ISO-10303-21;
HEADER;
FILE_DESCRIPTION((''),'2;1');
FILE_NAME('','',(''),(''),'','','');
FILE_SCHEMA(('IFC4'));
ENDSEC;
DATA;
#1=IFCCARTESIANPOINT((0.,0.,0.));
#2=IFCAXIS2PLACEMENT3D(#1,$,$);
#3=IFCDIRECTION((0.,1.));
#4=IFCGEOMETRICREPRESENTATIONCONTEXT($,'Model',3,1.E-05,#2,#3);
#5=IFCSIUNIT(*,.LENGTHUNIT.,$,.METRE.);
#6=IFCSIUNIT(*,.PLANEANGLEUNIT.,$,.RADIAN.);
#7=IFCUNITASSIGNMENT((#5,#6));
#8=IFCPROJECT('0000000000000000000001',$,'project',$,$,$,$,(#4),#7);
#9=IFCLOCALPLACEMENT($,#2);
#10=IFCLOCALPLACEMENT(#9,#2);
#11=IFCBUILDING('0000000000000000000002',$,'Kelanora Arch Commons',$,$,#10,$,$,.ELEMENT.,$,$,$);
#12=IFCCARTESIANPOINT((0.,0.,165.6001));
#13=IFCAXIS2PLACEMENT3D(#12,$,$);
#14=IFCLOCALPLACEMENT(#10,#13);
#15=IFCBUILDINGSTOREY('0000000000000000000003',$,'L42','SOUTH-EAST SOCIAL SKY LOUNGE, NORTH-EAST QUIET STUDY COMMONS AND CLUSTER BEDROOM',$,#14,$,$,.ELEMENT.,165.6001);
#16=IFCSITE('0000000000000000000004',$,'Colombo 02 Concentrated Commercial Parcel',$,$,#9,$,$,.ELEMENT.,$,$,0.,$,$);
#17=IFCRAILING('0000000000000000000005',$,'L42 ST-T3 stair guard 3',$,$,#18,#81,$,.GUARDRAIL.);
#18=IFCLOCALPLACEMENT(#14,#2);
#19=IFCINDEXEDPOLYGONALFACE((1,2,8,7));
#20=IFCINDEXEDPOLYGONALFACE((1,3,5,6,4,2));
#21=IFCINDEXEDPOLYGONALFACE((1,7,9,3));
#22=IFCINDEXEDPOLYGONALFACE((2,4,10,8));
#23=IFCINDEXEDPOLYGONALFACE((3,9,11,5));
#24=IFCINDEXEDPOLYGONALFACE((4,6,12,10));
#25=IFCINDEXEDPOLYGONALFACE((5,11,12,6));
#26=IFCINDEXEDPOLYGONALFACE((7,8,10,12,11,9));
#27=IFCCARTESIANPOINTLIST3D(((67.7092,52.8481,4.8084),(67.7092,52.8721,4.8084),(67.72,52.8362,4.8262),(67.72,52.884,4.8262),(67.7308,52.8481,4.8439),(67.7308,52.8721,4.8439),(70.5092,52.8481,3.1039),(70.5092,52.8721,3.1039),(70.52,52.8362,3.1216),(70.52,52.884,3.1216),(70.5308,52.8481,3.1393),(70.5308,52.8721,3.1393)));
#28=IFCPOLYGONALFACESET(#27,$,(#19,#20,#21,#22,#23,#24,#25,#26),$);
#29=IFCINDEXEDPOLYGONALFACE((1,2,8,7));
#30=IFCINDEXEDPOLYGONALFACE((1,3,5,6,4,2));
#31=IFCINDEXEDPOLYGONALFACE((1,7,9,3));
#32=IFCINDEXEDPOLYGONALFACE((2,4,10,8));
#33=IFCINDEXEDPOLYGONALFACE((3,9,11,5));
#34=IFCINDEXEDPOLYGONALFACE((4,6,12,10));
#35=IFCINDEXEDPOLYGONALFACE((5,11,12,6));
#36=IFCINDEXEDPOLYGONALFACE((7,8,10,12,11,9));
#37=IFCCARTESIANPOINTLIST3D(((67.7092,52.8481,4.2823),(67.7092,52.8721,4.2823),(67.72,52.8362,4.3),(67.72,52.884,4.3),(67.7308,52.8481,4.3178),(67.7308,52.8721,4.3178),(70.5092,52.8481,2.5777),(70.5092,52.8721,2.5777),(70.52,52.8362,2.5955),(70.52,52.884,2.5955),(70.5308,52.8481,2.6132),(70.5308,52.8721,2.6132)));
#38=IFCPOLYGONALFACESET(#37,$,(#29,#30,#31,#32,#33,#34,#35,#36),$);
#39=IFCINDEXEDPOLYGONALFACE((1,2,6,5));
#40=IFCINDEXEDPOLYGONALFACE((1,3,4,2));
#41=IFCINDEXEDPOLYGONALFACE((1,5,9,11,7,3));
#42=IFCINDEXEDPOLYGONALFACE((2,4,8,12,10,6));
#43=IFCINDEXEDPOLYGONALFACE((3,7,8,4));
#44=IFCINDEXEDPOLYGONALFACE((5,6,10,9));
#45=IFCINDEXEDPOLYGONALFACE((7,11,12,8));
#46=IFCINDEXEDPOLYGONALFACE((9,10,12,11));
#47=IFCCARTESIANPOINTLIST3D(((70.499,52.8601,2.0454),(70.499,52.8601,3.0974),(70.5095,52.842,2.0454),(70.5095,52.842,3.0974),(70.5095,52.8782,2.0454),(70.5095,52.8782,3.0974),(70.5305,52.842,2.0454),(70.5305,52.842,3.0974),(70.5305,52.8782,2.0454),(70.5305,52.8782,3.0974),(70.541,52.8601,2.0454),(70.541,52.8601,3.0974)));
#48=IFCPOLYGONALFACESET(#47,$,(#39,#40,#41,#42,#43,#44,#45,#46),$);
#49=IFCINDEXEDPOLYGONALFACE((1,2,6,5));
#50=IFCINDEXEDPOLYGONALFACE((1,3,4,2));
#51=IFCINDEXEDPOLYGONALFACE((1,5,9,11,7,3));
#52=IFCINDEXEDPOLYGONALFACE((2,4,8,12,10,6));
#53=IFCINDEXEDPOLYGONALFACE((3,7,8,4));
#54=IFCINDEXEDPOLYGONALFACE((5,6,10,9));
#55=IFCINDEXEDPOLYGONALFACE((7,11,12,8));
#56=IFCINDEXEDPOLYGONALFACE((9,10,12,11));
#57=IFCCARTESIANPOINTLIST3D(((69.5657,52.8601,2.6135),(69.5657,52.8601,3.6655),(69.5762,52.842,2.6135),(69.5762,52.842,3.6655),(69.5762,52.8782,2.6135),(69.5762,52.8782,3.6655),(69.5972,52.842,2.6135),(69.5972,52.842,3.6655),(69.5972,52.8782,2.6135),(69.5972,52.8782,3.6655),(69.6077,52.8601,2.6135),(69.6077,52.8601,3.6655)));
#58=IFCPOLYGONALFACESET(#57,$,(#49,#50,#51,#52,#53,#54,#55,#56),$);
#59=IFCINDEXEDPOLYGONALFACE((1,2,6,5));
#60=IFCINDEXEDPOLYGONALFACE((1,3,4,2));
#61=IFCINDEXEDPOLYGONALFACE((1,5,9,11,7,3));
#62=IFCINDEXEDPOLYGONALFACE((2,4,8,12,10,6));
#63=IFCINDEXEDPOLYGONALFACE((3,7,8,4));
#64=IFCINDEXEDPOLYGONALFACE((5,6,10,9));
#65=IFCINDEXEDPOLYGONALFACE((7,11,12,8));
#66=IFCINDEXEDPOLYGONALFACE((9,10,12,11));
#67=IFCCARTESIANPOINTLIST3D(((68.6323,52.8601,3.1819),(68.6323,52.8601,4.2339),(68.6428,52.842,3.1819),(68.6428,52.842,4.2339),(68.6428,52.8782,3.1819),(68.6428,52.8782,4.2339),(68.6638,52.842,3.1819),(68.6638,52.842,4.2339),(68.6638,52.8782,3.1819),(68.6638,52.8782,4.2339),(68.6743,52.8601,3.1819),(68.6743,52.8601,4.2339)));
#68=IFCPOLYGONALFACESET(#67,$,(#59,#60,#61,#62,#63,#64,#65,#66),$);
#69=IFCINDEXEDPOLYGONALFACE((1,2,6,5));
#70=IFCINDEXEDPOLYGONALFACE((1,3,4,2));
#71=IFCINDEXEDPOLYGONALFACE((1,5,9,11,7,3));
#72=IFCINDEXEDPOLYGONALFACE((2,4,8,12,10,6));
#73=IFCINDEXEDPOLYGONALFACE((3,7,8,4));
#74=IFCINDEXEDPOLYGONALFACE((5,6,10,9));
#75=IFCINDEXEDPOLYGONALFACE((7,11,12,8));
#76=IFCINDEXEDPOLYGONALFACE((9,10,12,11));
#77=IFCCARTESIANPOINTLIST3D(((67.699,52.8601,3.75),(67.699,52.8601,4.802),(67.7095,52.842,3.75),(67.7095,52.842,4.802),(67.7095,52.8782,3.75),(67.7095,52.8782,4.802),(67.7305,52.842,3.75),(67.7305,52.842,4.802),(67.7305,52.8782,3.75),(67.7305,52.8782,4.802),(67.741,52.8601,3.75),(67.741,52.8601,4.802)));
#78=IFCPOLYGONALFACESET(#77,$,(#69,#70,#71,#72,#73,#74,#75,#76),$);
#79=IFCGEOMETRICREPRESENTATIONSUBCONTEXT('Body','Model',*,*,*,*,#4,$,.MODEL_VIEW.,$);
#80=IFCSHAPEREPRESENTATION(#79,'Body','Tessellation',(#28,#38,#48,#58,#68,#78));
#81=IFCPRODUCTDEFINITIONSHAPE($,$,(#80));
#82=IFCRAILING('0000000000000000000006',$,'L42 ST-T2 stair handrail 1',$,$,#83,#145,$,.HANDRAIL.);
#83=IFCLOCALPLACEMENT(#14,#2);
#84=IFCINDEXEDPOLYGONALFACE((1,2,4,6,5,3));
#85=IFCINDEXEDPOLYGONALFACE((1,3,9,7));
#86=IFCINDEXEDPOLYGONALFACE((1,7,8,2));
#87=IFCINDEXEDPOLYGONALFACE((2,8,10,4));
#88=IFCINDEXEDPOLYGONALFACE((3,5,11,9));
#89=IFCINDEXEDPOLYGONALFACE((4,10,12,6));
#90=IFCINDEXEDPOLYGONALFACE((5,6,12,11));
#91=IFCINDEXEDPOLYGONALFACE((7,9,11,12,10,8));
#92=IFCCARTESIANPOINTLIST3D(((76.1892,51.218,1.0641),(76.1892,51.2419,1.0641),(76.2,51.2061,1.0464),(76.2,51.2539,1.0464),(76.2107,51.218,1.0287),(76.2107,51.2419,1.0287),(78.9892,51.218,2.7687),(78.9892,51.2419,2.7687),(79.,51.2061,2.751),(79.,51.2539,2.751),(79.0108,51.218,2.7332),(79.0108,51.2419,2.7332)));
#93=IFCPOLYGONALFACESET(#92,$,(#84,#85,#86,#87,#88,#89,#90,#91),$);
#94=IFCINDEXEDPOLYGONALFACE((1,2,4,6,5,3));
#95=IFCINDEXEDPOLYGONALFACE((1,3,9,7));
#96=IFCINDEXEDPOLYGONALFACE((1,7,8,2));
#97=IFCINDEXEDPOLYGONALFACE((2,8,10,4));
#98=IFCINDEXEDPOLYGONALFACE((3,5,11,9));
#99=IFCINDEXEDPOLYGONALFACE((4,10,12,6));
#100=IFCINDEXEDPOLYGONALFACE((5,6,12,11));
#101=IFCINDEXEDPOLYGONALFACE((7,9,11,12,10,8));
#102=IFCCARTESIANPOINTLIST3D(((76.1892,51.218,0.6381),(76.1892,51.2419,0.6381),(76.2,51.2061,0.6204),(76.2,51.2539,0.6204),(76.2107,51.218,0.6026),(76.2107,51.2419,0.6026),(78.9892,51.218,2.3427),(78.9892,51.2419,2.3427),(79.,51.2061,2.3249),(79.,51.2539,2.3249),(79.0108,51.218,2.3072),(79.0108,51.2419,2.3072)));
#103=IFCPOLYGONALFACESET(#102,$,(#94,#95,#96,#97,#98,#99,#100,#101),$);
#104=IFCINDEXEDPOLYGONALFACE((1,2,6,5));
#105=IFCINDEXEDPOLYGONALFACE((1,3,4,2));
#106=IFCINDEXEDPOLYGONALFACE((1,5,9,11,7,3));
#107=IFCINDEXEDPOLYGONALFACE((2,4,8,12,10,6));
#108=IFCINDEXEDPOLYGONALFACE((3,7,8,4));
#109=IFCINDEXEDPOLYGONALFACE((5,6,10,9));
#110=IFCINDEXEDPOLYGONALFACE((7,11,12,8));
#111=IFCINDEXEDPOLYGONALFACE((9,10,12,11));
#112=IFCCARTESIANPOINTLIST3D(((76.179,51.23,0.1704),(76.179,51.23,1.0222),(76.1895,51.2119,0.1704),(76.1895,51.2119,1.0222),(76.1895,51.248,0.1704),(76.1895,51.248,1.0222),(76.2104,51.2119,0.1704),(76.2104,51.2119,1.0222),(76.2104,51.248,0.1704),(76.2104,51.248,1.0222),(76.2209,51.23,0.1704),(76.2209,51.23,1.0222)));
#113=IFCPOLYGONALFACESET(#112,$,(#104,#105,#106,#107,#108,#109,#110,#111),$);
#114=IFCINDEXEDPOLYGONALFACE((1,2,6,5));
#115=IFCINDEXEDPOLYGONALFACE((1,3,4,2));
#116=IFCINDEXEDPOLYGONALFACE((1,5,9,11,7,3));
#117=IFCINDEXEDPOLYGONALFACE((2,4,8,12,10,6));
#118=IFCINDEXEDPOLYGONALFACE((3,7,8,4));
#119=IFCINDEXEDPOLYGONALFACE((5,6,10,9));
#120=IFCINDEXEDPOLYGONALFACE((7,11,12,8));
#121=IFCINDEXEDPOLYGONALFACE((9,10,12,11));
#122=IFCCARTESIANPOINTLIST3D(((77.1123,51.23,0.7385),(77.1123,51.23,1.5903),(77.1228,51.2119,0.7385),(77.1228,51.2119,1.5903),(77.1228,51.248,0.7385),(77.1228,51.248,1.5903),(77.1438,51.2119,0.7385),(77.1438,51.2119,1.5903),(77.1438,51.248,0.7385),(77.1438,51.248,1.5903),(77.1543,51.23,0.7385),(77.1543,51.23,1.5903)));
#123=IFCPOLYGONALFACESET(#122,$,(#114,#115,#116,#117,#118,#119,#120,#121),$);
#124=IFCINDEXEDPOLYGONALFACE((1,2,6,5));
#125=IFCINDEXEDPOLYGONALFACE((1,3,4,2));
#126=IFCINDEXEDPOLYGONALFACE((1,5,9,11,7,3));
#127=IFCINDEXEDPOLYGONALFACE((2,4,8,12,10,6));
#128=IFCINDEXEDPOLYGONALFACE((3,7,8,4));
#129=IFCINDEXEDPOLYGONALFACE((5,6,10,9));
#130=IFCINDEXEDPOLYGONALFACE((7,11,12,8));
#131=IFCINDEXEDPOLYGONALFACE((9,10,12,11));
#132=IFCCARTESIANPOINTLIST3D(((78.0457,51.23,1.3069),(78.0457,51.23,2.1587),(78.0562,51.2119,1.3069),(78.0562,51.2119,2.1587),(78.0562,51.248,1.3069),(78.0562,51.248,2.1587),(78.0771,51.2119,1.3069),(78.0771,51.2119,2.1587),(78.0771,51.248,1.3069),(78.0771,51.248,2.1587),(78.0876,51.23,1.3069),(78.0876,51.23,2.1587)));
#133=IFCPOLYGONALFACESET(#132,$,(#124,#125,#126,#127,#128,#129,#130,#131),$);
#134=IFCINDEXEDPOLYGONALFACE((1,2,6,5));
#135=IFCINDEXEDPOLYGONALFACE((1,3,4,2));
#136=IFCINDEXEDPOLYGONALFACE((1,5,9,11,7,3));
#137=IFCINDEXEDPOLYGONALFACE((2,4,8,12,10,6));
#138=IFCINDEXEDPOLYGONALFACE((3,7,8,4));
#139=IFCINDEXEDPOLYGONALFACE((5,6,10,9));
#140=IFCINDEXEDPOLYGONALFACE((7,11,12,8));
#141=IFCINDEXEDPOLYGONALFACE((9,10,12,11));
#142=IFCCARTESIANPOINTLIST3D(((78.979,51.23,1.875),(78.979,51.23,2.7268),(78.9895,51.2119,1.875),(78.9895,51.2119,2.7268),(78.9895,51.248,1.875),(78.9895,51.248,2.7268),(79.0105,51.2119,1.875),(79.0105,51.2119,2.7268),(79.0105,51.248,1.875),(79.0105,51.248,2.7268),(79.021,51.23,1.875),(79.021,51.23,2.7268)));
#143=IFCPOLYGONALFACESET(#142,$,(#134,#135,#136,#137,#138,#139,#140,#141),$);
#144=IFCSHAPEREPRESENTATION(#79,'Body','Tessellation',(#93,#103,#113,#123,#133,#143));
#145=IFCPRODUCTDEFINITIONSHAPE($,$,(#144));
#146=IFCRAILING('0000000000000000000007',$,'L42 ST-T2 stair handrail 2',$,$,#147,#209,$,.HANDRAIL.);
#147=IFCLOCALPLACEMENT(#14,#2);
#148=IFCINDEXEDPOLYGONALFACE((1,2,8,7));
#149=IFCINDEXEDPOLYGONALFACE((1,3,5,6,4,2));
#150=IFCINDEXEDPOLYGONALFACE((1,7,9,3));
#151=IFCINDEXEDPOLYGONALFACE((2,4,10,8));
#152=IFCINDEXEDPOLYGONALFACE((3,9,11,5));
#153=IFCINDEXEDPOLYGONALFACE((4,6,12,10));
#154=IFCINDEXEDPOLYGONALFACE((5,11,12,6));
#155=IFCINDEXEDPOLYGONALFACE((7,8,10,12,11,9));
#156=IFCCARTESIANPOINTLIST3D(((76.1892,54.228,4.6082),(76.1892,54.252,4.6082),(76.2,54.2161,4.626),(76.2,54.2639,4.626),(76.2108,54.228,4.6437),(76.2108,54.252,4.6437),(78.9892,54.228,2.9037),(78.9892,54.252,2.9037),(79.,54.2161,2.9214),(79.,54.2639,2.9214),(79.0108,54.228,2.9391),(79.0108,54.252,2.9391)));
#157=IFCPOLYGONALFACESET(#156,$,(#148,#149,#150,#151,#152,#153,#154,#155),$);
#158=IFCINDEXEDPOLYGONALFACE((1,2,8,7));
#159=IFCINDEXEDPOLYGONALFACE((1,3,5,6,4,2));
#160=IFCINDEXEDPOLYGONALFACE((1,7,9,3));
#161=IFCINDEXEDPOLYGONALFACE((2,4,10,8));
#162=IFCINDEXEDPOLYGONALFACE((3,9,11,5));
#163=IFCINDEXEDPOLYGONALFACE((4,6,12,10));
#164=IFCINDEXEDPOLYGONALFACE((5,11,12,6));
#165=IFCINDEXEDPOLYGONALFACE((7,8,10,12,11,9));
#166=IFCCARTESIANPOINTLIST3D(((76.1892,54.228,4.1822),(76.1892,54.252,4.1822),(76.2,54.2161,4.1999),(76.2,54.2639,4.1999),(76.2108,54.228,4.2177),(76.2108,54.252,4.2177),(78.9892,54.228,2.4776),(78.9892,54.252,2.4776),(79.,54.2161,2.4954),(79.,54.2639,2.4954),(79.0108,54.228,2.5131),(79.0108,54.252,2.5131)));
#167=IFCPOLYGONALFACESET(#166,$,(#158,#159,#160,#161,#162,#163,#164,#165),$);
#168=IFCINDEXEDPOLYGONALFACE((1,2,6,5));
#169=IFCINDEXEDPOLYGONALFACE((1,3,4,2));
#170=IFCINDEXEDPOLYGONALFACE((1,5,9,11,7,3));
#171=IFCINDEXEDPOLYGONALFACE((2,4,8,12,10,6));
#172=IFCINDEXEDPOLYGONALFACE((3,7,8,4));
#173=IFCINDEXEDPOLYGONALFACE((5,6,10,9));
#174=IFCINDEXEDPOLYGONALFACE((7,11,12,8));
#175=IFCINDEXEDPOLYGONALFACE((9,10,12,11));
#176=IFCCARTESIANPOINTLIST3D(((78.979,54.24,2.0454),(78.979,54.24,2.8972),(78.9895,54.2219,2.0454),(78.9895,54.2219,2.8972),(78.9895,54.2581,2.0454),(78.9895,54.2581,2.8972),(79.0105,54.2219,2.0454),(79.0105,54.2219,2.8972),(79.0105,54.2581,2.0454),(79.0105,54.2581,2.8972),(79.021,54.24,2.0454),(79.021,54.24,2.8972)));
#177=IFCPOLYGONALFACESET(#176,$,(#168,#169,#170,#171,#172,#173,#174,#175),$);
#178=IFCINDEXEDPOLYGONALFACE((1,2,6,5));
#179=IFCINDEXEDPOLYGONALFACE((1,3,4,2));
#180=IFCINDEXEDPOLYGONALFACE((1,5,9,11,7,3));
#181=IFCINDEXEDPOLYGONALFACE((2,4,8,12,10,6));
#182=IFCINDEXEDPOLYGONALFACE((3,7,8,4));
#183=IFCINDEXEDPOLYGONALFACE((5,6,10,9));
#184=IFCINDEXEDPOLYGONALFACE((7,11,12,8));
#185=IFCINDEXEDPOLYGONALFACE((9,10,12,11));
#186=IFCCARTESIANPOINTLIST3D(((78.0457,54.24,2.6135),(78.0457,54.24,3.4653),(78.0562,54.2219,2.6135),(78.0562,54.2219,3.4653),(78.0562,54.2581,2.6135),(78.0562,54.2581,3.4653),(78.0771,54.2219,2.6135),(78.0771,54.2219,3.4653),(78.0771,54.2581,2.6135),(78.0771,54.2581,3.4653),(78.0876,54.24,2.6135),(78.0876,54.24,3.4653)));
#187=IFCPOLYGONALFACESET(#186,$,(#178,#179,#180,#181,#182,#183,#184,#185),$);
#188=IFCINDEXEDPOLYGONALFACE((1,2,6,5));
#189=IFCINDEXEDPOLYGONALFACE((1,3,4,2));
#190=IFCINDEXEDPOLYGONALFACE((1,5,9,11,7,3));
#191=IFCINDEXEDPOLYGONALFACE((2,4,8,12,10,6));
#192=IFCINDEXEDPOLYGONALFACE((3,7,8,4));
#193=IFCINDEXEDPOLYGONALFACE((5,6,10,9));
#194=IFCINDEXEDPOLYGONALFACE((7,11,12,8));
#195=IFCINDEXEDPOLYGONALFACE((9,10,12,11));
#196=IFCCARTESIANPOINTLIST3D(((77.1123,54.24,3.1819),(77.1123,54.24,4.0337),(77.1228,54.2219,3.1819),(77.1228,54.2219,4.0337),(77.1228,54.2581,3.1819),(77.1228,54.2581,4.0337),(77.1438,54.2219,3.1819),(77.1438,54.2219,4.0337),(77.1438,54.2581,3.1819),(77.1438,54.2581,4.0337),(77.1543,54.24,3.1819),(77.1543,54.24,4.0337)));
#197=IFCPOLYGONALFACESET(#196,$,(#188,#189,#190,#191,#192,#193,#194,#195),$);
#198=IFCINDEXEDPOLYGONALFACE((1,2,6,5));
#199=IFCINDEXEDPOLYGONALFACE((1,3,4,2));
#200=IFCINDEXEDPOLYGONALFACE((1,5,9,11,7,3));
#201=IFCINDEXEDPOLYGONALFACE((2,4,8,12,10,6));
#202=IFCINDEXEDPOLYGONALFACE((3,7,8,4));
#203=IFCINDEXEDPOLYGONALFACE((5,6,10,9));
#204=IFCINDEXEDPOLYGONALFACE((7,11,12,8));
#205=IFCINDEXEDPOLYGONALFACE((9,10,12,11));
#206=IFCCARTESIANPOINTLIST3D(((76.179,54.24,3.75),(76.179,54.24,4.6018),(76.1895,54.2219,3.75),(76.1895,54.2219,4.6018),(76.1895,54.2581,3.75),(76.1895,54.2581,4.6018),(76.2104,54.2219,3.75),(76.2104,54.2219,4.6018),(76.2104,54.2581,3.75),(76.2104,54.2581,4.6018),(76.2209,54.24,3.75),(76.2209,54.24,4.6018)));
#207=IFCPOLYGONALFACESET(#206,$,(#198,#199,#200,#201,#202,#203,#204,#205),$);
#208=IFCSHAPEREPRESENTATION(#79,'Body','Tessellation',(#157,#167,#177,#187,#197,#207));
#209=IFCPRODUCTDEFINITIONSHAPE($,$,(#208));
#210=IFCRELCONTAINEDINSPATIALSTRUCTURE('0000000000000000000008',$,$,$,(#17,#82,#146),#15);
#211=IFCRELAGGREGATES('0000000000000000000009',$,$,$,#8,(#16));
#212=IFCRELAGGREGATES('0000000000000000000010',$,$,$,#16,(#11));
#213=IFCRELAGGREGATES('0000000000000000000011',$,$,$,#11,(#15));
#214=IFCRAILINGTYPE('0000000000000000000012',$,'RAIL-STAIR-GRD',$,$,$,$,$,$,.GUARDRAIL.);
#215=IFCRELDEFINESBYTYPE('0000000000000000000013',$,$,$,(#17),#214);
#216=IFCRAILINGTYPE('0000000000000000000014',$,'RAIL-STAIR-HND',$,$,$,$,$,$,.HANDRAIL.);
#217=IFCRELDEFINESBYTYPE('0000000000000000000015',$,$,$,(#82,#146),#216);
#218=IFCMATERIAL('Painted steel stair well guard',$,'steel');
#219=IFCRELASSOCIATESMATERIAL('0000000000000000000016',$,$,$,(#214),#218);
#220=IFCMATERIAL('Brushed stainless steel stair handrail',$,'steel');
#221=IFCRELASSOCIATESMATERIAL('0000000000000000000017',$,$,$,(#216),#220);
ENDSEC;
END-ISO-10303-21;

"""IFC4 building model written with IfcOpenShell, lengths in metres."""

from ifc_helpers import new_model, si_unit, direction, frame, origin, place, context, subcontext, project, spatial, polyline, outline, extrude, material, type_object, element, save


model = new_model("IFC4")

# Units and contexts
model_context = context("Model", 3, precision=1e-05, world=origin(), true_north=direction((0.0, 1.0)))
body_context = subcontext(model_context, "Body", "Model", "MODEL_VIEW")
ifc_project = project(units=[si_unit("LENGTHUNIT", "METRE"), si_unit("PLANEANGLEUNIT", "RADIAN")], contexts=[model_context])

# Site, building, storey
site_placement = place(None, origin())
site = spatial("IfcSite", under=ifc_project, at=site_placement, Name="Colombo 02 Concentrated Commercial Parcel", CompositionType="ELEMENT", RefElevation=0.0)
building_placement = place(site_placement, origin())
building = spatial("IfcBuilding", under=site, at=building_placement, Name="Kelanora Arch Commons", CompositionType="ELEMENT")
storey_placement = place(building_placement, frame((0.0, 0.0, 165.6001)))
storey = spatial("IfcBuildingStorey", under=building, at=storey_placement, Name="L42", Description="SOUTH-EAST SOCIAL SKY LOUNGE, NORTH-EAST QUIET STUDY COMMONS AND CLUSTER BEDROOM", CompositionType="ELEMENT", Elevation=165.6001)

# Railings
ifc_material_1 = material(Name="Painted steel stair well guard", Category="steel")
railing_type_1 = type_object("IfcRailingType", Name="RAIL-STAIR-GRD", PredefinedType="GUARDRAIL", material=ifc_material_1)
railing_1_placement = place(storey_placement, frame((70.52, 52.8601, 2.0454)))
element("IfcRailing", 1, at=railing_1_placement, inside=storey, type_object=railing_type_1, Name="L42 ST-T3 stair guard 3", PredefinedType="GUARDRAIL", context=body_context, shape_type="SweptSolid", body=[
    extrude(outline(polyline([(0.0239, 0.0), (0.012, 0.0208), (-0.012, 0.0208), (-0.0239, 0.0), (-0.012, -0.0208), (0.012, -0.0208), (0.0239, 0.0)])), frame((0.0, 0.0, 1.0762), z_axis=(-0.85417, 0.0, 0.519994), x_axis=(0.0, -1.0, 0.0)), (0.0, 0.0, 1.0), 3.2781),
    extrude(outline(polyline([(0.0239, 0.0), (0.012, 0.0208), (-0.012, 0.0208), (-0.0239, 0.0), (-0.012, -0.0208), (0.012, -0.0208), (0.0239, 0.0)])), frame((0.0, 0.0, 0.55), z_axis=(-0.85417, 0.0, 0.519994), x_axis=(0.0, -1.0, 0.0)), (0.0, 0.0, 1.0), 3.2781),
    extrude(outline(polyline([(0.021, 0.0), (0.0105, 0.0181), (-0.0105, 0.0181), (-0.021, 0.0), (-0.0105, -0.0181), (0.0105, -0.0181), (0.021, 0.0)])), origin(), (0.0, 0.0, 1.0), 1.052),
    extrude(outline(polyline([(0.021, 0.0), (0.0105, 0.0181), (-0.0105, 0.0181), (-0.021, 0.0), (-0.0105, -0.0181), (0.0105, -0.0181), (0.021, 0.0)])), frame((-0.9333, 0.0, 0.5681)), (0.0, 0.0, 1.0), 1.052),
    extrude(outline(polyline([(0.021, 0.0), (0.0105, 0.0181), (-0.0105, 0.0181), (-0.021, 0.0), (-0.0105, -0.0181), (0.0105, -0.0181), (0.021, 0.0)])), frame((-1.8667, 0.0, 1.1365)), (0.0, 0.0, 1.0), 1.052),
    extrude(outline(polyline([(0.021, 0.0), (0.0105, 0.0181), (-0.0105, 0.0181), (-0.021, 0.0), (-0.0105, -0.0181), (0.0105, -0.0181), (0.021, 0.0)])), frame((-2.8, 0.0, 1.7046)), (0.0, 0.0, 1.0), 1.052),
])
ifc_material_2 = material(Name="Brushed stainless steel stair handrail", Category="steel")
railing_type_2 = type_object("IfcRailingType", Name="RAIL-STAIR-HND", PredefinedType="HANDRAIL", material=ifc_material_2)
railing_2_placement = place(storey_placement, frame((76.2, 51.23, 0.1704)))
element("IfcRailing", 2, at=railing_2_placement, inside=storey, type_object=railing_type_2, Name="L42 ST-T2 stair handrail 1", PredefinedType="HANDRAIL", context=body_context, shape_type="SweptSolid", body=[
    extrude(outline(polyline([(0.0239, 0.0), (0.012, 0.0208), (-0.012, 0.0208), (-0.0239, 0.0), (-0.012, -0.0208), (0.012, -0.0208), (0.0239, 0.0)])), frame((0.0, 0.0, 0.876), z_axis=(0.85417, 0.0, 0.519994), x_axis=(0.0, 1.0, 0.0)), (0.0, 0.0, 1.0), 3.2781),
    extrude(outline(polyline([(0.0239, 0.0), (0.012, 0.0208), (-0.012, 0.0208), (-0.0239, 0.0), (-0.012, -0.0208), (0.012, -0.0208), (0.0239, 0.0)])), frame((0.0, 0.0, 0.45), z_axis=(0.85417, 0.0, 0.519994), x_axis=(0.0, 1.0, 0.0)), (0.0, 0.0, 1.0), 3.2781),
    extrude(outline(polyline([(0.021, 0.0), (0.0105, 0.0181), (-0.0105, 0.0181), (-0.021, 0.0), (-0.0105, -0.0181), (0.0105, -0.0181), (0.021, 0.0)])), origin(), (0.0, 0.0, 1.0), 0.8518),
    extrude(outline(polyline([(0.021, 0.0), (0.0105, 0.0181), (-0.0105, 0.0181), (-0.021, 0.0), (-0.0105, -0.0181), (0.0105, -0.0181), (0.021, 0.0)])), frame((0.9333, 0.0, 0.5681)), (0.0, 0.0, 1.0), 0.8518),
    extrude(outline(polyline([(0.021, 0.0), (0.0105, 0.0181), (-0.0105, 0.0181), (-0.021, 0.0), (-0.0105, -0.0181), (0.0105, -0.0181), (0.021, 0.0)])), frame((1.8667, 0.0, 1.1365)), (0.0, 0.0, 1.0), 0.8518),
    extrude(outline(polyline([(0.021, 0.0), (0.0105, 0.0181), (-0.0105, 0.0181), (-0.021, 0.0), (-0.0105, -0.0181), (0.0105, -0.0181), (0.021, 0.0)])), frame((2.8, 0.0, 1.7046)), (0.0, 0.0, 1.0), 0.8518),
])
railing_3_placement = place(storey_placement, frame((79.0, 54.24, 2.0454)))
element("IfcRailing", 3, at=railing_3_placement, inside=storey, type_object=railing_type_2, Name="L42 ST-T2 stair handrail 2", PredefinedType="HANDRAIL", context=body_context, shape_type="SweptSolid", body=[
    extrude(outline(polyline([(0.0239, 0.0), (0.012, 0.0208), (-0.012, 0.0208), (-0.0239, 0.0), (-0.012, -0.0208), (0.012, -0.0208), (0.0239, 0.0)])), frame((0.0, 0.0, 0.876), z_axis=(-0.85417, 0.0, 0.519994), x_axis=(0.0, -1.0, 0.0)), (0.0, 0.0, 1.0), 3.2781),
    extrude(outline(polyline([(0.0239, 0.0), (0.012, 0.0208), (-0.012, 0.0208), (-0.0239, 0.0), (-0.012, -0.0208), (0.012, -0.0208), (0.0239, 0.0)])), frame((0.0, 0.0, 0.45), z_axis=(-0.85417, 0.0, 0.519994), x_axis=(0.0, -1.0, 0.0)), (0.0, 0.0, 1.0), 3.2781),
    extrude(outline(polyline([(0.021, 0.0), (0.0105, 0.0181), (-0.0105, 0.0181), (-0.021, 0.0), (-0.0105, -0.0181), (0.0105, -0.0181), (0.021, 0.0)])), origin(), (0.0, 0.0, 1.0), 0.8518),
    extrude(outline(polyline([(0.021, 0.0), (0.0105, 0.0181), (-0.0105, 0.0181), (-0.021, 0.0), (-0.0105, -0.0181), (0.0105, -0.0181), (0.021, 0.0)])), frame((-0.9333, 0.0, 0.5681)), (0.0, 0.0, 1.0), 0.8518),
    extrude(outline(polyline([(0.021, 0.0), (0.0105, 0.0181), (-0.0105, 0.0181), (-0.021, 0.0), (-0.0105, -0.0181), (0.0105, -0.0181), (0.021, 0.0)])), frame((-1.8667, 0.0, 1.1365)), (0.0, 0.0, 1.0), 0.8518),
    extrude(outline(polyline([(0.021, 0.0), (0.0105, 0.0181), (-0.0105, 0.0181), (-0.021, 0.0), (-0.0105, -0.0181), (0.0105, -0.0181), (0.021, 0.0)])), frame((-2.8, 0.0, 1.7046)), (0.0, 0.0, 1.0), 0.8518),
])

save(model, "model.ifc")
